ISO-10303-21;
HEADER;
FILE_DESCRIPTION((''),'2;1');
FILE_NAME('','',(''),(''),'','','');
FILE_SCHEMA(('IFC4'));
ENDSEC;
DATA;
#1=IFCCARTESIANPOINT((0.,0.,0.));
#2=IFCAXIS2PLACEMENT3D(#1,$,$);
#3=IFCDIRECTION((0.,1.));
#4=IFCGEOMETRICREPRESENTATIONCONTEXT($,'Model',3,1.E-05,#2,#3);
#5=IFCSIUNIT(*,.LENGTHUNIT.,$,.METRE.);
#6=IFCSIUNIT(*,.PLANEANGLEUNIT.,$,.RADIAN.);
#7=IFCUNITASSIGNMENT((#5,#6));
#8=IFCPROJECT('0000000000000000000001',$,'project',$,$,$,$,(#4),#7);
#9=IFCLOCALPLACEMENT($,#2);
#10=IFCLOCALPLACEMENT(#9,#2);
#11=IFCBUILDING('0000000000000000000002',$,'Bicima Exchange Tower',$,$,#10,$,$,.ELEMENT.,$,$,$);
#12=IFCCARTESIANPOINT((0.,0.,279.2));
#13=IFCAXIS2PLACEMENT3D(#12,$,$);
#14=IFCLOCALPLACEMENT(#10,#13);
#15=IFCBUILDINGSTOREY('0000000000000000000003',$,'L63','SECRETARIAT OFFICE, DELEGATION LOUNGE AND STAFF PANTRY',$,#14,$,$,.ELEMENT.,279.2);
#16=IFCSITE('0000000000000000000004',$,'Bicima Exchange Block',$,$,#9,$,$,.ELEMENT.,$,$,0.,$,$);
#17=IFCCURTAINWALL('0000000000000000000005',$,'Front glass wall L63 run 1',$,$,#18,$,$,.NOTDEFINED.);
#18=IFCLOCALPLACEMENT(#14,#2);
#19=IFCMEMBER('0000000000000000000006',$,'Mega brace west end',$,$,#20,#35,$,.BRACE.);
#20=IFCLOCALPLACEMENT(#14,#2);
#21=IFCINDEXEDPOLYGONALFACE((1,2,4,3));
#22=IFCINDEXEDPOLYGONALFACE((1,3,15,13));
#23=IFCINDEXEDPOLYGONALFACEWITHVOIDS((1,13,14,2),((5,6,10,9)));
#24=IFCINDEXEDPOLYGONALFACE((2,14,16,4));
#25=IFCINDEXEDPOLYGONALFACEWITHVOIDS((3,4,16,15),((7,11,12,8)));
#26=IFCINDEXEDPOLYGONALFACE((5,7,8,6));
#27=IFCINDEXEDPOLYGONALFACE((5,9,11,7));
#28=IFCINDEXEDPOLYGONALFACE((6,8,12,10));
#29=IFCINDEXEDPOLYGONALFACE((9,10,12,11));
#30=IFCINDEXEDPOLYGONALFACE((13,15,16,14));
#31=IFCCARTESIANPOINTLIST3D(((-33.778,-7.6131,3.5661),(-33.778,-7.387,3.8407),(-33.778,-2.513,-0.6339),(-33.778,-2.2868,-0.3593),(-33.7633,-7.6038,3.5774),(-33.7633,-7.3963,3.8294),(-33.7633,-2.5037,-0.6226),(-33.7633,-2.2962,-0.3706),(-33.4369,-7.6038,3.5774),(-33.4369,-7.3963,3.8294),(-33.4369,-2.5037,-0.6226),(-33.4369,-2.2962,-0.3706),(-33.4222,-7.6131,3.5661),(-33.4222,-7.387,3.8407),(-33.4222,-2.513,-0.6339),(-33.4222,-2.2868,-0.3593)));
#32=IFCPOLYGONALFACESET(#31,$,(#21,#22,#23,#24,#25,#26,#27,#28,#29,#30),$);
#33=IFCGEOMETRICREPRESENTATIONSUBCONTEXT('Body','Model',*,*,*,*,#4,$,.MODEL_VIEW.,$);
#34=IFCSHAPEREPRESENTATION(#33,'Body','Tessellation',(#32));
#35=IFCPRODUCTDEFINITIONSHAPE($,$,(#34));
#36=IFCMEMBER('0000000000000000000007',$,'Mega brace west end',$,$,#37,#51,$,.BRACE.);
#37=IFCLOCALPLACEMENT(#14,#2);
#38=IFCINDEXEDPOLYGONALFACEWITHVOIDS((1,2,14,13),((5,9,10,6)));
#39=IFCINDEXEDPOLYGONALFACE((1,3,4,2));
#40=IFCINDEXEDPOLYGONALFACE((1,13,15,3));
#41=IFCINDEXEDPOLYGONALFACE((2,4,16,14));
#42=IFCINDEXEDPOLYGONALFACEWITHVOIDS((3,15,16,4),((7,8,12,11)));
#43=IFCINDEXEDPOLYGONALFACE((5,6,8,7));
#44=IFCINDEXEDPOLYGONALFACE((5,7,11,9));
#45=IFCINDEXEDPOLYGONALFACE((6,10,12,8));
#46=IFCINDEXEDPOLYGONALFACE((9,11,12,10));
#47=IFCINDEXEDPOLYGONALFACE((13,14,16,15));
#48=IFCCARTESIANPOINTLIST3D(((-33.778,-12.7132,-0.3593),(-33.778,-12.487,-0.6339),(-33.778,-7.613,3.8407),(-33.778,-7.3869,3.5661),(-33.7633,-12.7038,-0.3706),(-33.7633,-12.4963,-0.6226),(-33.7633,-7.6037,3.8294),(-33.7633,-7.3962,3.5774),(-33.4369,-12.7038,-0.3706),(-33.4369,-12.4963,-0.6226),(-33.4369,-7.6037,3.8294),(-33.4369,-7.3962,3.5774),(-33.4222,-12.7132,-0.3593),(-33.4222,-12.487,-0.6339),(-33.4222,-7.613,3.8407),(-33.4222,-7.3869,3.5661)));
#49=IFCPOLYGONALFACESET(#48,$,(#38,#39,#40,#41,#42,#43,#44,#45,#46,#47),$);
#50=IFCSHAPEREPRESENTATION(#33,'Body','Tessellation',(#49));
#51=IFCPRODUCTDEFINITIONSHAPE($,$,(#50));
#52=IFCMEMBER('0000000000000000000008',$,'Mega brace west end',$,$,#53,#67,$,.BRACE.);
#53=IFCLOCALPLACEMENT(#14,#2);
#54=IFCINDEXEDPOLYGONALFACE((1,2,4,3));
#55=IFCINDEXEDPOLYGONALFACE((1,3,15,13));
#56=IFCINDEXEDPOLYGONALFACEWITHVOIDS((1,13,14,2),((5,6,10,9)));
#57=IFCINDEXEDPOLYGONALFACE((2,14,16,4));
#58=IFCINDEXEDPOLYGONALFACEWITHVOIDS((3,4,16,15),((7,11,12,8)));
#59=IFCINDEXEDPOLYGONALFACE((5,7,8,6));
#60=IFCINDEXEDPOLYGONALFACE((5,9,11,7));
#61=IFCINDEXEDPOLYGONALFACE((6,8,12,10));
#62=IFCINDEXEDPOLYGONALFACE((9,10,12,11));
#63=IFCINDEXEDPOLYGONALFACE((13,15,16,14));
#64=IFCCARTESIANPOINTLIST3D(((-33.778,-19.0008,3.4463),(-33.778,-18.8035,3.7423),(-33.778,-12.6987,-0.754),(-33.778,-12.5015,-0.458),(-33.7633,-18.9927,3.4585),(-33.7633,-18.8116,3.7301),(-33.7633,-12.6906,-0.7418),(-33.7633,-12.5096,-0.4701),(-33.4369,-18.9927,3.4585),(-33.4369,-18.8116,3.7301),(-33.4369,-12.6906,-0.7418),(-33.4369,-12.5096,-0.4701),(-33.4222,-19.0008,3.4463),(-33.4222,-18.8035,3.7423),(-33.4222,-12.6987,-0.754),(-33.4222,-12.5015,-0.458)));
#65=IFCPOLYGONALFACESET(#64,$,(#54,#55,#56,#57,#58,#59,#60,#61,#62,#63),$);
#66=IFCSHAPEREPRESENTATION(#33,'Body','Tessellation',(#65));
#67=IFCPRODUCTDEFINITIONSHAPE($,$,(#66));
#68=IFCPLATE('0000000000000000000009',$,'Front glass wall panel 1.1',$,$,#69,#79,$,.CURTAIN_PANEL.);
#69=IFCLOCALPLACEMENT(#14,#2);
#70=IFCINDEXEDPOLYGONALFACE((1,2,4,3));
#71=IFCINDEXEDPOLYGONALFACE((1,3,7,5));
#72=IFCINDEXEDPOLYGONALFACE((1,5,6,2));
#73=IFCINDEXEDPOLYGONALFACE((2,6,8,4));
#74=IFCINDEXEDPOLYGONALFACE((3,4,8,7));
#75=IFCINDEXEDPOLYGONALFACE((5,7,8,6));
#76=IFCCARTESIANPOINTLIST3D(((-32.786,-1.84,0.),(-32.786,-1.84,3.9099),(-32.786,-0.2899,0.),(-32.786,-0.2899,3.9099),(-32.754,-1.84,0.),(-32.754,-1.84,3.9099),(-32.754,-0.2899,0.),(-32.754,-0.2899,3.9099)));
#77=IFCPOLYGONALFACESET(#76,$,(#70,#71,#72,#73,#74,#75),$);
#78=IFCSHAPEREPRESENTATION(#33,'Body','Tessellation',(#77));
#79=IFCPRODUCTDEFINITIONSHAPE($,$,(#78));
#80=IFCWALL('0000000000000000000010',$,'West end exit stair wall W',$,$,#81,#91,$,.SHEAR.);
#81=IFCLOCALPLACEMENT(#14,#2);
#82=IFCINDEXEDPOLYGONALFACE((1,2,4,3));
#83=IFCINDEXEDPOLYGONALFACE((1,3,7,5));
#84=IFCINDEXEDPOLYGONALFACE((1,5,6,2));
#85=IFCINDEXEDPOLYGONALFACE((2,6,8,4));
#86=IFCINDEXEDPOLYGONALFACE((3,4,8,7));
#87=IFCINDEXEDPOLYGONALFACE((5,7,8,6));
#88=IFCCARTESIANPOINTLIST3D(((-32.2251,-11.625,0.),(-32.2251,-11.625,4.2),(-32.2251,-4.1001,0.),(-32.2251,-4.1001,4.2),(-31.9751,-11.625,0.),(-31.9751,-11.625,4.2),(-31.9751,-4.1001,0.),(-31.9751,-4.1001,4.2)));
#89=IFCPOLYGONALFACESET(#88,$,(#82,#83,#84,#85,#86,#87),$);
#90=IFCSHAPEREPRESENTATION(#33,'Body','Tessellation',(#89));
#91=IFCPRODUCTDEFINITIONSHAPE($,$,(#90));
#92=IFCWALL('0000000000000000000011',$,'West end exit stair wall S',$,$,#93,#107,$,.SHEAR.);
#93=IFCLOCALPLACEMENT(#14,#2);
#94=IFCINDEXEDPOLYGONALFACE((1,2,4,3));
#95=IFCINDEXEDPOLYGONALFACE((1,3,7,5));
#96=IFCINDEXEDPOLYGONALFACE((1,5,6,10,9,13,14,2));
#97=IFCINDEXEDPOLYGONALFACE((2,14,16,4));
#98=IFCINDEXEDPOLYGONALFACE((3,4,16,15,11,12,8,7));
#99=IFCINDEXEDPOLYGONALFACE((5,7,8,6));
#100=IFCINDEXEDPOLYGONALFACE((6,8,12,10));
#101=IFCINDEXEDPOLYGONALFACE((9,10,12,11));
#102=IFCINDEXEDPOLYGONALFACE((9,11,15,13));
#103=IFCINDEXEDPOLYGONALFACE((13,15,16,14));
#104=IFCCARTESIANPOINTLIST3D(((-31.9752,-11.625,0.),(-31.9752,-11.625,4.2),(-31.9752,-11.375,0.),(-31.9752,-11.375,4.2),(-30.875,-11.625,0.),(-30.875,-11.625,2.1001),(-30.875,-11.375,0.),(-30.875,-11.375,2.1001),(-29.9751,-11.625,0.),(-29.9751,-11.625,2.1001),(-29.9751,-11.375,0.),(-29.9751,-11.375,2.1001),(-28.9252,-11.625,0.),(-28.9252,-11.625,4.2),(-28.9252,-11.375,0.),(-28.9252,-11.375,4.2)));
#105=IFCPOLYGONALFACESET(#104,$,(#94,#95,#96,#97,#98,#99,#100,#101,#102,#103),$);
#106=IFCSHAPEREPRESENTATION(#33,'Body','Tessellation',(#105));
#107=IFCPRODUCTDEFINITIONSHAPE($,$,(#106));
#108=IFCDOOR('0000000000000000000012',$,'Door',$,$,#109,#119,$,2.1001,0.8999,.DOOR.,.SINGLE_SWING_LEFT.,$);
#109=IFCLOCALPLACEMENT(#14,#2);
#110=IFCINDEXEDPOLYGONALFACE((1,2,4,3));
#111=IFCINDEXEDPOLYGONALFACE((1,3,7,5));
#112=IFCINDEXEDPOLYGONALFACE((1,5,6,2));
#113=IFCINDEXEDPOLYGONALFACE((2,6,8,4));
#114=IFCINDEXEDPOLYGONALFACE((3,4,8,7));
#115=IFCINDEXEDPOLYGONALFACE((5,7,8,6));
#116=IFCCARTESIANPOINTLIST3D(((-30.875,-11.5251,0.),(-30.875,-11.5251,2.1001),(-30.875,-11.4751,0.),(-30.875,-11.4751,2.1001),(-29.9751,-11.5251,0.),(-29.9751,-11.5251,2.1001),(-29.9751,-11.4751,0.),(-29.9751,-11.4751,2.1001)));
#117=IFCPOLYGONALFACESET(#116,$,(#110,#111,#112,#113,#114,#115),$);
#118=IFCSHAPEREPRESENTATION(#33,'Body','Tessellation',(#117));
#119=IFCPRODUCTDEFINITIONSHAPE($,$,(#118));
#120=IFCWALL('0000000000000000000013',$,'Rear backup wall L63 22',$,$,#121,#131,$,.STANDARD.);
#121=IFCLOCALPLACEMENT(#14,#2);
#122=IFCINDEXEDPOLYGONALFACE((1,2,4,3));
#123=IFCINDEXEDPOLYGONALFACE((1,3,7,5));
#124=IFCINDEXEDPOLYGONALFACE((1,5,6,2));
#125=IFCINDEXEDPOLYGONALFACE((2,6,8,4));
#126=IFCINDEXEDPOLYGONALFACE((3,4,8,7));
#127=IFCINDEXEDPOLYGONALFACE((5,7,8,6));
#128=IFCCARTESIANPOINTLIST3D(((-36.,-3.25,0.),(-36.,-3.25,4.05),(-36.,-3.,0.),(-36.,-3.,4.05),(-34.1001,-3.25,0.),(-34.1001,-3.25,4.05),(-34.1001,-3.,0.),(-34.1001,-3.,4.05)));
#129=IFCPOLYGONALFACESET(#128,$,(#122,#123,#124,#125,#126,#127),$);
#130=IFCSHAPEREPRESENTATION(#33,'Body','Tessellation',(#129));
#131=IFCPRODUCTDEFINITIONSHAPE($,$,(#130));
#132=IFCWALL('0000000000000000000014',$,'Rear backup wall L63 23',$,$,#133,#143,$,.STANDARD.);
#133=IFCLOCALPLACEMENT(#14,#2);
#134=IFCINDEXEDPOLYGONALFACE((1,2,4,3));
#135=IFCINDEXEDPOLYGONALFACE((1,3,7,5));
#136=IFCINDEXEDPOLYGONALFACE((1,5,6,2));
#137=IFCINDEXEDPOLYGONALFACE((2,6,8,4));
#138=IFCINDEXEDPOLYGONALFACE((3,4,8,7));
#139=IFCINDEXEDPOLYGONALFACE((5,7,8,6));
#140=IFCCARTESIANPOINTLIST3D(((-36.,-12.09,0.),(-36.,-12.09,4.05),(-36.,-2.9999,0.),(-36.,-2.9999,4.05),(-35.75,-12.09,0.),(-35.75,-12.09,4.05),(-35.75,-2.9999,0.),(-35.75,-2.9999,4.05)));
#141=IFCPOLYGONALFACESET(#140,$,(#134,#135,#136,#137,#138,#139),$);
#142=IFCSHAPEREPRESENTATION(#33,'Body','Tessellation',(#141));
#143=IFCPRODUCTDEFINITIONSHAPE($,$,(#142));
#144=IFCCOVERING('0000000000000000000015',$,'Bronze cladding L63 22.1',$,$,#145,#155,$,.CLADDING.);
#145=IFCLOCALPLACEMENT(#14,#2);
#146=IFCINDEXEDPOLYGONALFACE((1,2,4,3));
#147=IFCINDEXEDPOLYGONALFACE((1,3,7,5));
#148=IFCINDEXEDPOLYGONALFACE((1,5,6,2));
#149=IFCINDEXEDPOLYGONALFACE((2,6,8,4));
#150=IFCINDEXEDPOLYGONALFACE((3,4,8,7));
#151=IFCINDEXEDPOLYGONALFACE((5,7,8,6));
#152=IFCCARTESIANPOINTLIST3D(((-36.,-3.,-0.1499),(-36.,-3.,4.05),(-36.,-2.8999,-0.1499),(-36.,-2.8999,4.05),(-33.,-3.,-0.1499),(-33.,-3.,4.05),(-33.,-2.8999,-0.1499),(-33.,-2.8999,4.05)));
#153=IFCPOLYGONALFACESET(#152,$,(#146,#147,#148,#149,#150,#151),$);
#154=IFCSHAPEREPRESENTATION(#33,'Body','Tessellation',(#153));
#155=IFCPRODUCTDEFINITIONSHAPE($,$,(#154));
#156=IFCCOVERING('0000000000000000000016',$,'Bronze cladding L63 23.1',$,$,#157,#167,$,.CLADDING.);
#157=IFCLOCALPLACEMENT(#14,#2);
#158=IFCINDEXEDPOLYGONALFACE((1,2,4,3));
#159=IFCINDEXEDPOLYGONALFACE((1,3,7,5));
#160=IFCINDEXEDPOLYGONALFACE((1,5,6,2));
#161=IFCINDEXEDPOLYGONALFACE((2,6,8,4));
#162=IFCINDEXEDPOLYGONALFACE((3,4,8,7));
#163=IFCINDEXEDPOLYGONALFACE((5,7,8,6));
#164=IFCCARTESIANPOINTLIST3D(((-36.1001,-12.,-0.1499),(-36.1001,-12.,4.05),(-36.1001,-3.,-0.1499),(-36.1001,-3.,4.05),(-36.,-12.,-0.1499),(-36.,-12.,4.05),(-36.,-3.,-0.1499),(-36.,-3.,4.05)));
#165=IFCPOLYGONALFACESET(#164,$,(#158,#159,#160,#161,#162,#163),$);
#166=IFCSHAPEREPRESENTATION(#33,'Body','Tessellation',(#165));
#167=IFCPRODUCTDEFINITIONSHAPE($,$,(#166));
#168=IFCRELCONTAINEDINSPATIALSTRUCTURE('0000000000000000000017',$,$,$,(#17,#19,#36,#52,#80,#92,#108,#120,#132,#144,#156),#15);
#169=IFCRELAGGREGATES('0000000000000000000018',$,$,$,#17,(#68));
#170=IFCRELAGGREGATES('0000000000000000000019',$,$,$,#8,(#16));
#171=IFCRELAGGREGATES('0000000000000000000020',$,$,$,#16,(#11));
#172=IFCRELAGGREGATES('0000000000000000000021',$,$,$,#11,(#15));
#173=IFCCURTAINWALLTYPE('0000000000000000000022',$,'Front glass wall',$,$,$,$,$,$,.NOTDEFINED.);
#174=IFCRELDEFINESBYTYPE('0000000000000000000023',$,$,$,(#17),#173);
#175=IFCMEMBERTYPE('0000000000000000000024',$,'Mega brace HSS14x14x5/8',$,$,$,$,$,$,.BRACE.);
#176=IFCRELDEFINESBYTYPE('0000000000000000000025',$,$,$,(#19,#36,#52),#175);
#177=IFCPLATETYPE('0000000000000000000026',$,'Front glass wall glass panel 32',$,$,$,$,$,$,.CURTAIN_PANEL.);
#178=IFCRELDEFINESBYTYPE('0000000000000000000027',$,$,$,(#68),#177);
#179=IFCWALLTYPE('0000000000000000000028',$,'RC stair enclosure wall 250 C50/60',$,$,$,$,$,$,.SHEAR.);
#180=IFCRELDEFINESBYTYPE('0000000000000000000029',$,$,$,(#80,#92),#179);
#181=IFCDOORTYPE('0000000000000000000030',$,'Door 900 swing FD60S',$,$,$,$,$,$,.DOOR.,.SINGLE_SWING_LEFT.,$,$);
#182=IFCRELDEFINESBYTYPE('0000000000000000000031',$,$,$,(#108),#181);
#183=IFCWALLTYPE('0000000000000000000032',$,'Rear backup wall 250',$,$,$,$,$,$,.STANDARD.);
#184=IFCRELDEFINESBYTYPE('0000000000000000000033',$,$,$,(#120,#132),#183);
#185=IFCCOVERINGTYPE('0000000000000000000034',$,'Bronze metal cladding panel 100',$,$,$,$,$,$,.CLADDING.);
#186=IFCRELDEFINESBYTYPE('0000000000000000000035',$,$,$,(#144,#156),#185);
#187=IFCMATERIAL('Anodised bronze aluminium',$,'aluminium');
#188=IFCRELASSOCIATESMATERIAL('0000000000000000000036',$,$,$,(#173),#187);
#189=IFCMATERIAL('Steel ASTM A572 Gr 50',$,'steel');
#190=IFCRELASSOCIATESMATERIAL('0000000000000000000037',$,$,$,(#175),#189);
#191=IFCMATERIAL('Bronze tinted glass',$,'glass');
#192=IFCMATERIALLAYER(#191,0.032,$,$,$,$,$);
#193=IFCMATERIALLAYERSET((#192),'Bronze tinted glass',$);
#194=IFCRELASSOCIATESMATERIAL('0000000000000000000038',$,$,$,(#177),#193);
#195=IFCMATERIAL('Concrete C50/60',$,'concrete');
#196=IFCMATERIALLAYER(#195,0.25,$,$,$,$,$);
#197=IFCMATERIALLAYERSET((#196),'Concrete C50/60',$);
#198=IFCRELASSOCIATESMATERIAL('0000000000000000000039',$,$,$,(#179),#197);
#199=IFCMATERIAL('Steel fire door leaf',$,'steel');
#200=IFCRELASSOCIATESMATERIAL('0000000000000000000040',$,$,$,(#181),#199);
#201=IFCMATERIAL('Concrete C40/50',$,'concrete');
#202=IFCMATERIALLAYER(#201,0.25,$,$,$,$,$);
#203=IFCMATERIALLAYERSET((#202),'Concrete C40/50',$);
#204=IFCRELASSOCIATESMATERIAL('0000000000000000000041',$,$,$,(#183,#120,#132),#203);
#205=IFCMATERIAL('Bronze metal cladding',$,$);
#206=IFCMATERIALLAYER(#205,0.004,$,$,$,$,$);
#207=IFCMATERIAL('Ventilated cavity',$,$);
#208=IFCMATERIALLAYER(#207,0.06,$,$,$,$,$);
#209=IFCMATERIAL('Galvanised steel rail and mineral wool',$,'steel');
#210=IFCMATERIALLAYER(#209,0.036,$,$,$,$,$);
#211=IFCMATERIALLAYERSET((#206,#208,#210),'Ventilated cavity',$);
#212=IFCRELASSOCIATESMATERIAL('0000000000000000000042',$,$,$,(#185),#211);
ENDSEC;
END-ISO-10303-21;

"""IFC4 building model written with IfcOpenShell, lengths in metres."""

from ifc_helpers import new_model, si_unit, direction, frame, frame_2d, origin, origin_2d, place, context, subcontext, project, spatial, rectangle, hollow_rectangle, extrude, material, layer, layer_set, layer_usage, material_profile, profile_set, type_object, element, fill, aggregate, save


model = new_model("IFC4")

# Units and contexts
model_context = context("Model", 3, precision=1e-05, world=origin(), true_north=direction((0.0, 1.0)))
body_context = subcontext(model_context, "Body", "Model", "MODEL_VIEW")
ifc_project = project(units=[si_unit("LENGTHUNIT", "METRE"), si_unit("PLANEANGLEUNIT", "RADIAN")], contexts=[model_context])

# Site, building, storey
site_placement = place(None, origin())
site = spatial("IfcSite", under=ifc_project, at=site_placement, Name="Bicima Exchange Block", CompositionType="ELEMENT", RefElevation=0.0)
building_placement = place(site_placement, origin())
building = spatial("IfcBuilding", under=site, at=building_placement, Name="Bicima Exchange Tower", CompositionType="ELEMENT")
storey_placement = place(building_placement, frame((0.0, 0.0, 279.2)))
storey = spatial("IfcBuildingStorey", under=building, at=storey_placement, Name="L63", Description="SECRETARIAT OFFICE, DELEGATION LOUNGE AND STAFF PANTRY", CompositionType="ELEMENT", Elevation=279.2)

# Shared definitions
ifc_material_1 = material(Name="Steel ASTM A572 Gr 50", Category="steel")

# Shared definitions
ifc_material_2 = material(Name="Anodised bronze aluminium", Category="aluminium")

# Curtain wall
curtain_wall_type_1 = type_object("IfcCurtainWallType", Name="Front glass wall", PredefinedType="NOTDEFINED", material=ifc_material_2)
curtain_wall_1_placement = place(storey_placement, origin())
curtain_wall_1 = element("IfcCurtainWall", 1, at=curtain_wall_1_placement, inside=storey, type_object=curtain_wall_type_1, Name="Front glass wall L63 run 1", PredefinedType="NOTDEFINED")

# Members
ifc_material_profile_1 = material_profile(ifc_material_1, hollow_rectangle(XDim=0.3557, YDim=0.3557, WallThickness=0.0146, at=origin_2d()))
ifc_profile_set_1 = profile_set([ifc_material_profile_1], Name="Steel ASTM A572 Gr 50")
member_type_1 = type_object("IfcMemberType", Name="Mega brace HSS14x14x5/8", PredefinedType="BRACE", material=ifc_profile_set_1)
for number, where, z_axis, x_axis, name in (
    (2, (-33.6001, -2.3999, -0.4966), (0.0, -0.77194, 0.635696), (1.0, 0.0, 0.0), "Mega brace west end"),
    (3, (-33.6001, -12.6001, -0.4966), (0.0, 0.77194, 0.635696), (-1.0, 0.0, 0.0), "Mega brace west end"),
):
    element("IfcMember", number, at=place(storey_placement, frame(where, z_axis=z_axis, x_axis=x_axis)), inside=storey, type_object=member_type_1, Name=name, PredefinedType="BRACE", context=body_context, shape_type="SweptSolid", body=[
        extrude(hollow_rectangle(XDim=0.3557, YDim=0.3557, WallThickness=0.0146, at=origin_2d()), origin(), (0.0, 0.0, 1.0), 6.6069),
    ])
member_1_placement = place(storey_placement, frame((-33.6001, -12.6001, -0.606), z_axis=(0.0, -0.83212, 0.554596), x_axis=(1.0, 0.0, 0.0)))
element("IfcMember", 4, at=member_1_placement, inside=storey, type_object=member_type_1, Name="Mega brace west end", PredefinedType="BRACE", context=body_context, shape_type="SweptSolid", body=[
    extrude(hollow_rectangle(XDim=0.3557, YDim=0.3557, WallThickness=0.0146, at=origin_2d()), origin(), (0.0, 0.0, 1.0), 7.5735),
])

# Plate
ifc_material_3 = material(Name="Bronze tinted glass", Category="glass")
ifc_layer_1 = layer(ifc_material_3, 0.032)
ifc_layer_set_1 = layer_set([ifc_layer_1], Name="Bronze tinted glass")
plate_type = type_object("IfcPlateType", Name="Front glass wall glass panel 32", PredefinedType="CURTAIN_PANEL", material=ifc_layer_set_1)
plate_placement = place(storey_placement, frame((-32.77, -1.0649, 0.0), z_axis=(0.0, 0.0, 1.0), x_axis=(0.0, -1.0, 0.0)))
plate = element("IfcPlate", 5, at=plate_placement, type_object=plate_type, Name="Front glass wall panel 1.1", PredefinedType="CURTAIN_PANEL", context=body_context, shape_type="SweptSolid", body=[
    extrude(rectangle(XDim=1.55, YDim=0.032, at=origin_2d()), origin(), (0.0, 0.0, 1.0), 3.9099),
])
aggregate(curtain_wall_1, [plate])

# Wall
ifc_material_4 = material(Name="Concrete C50/60", Category="concrete")
ifc_layer_2 = layer(ifc_material_4, 0.25)
ifc_layer_set_2 = layer_set([ifc_layer_2], Name="Concrete C50/60")
wall_type_1 = type_object("IfcWallType", Name="RC stair enclosure wall 250 C50/60", PredefinedType="SHEAR", material=ifc_layer_set_2)
wall_1_placement = place(storey_placement, frame((-32.1001, -11.625, 0.0), z_axis=(0.0, 0.0, 1.0), x_axis=(0.0, 1.0, 0.0)))
element("IfcWall", 6, at=wall_1_placement, inside=storey, type_object=wall_type_1, Name="West end exit stair wall W", PredefinedType="SHEAR", context=body_context, shape_type="SweptSolid", body=[
    extrude(rectangle(XDim=7.5249, YDim=0.25, at=frame_2d((3.7625, 0.0))), origin(), (0.0, 0.0, 1.0), 4.2),
])

# Wall, opening, door
wall_2_placement = place(storey_placement, frame((-31.9751, -11.5, 0.0), z_axis=(0.0, 0.0, 1.0), x_axis=(1.0, 0.0, 0.0)))
wall_2 = element("IfcWall", 7, at=wall_2_placement, inside=storey, type_object=wall_type_1, Name="West end exit stair wall S", PredefinedType="SHEAR", context=body_context, shape_type="SweptSolid", body=[
    extrude(rectangle(XDim=3.05, YDim=0.25, at=frame_2d((1.5249, 0.0))), origin(), (0.0, 0.0, 1.0), 4.2),
])
opening_placement = place(wall_2_placement, frame((1.1001, 0.0, 0.0)))
opening = element("IfcOpeningElement", 8, at=opening_placement, cuts=wall_2, PredefinedType="OPENING", context=body_context, shape_type="SweptSolid", body=[
    extrude(rectangle(XDim=0.8999, YDim=2.1001, at=frame_2d((0.45, 1.05))), frame((0.0, 0.137, 0.0), z_axis=(0.0, -1.0, 0.0), x_axis=(1.0, 0.0, 0.0)), (0.0, 0.0, 1.0), 0.2739),
])
ifc_material_5 = material(Name="Steel fire door leaf", Category="steel")
door_type = type_object("IfcDoorType", Name="Door 900 swing FD60S", OperationType="SINGLE_SWING_LEFT", PredefinedType="DOOR", material=ifc_material_5)
door_placement = place(opening_placement, origin())
door = element("IfcDoor", 9, at=door_placement, inside=storey, type_object=door_type, Name="Door", OperationType="SINGLE_SWING_LEFT", OverallHeight=2.1001, OverallWidth=0.8999, PredefinedType="DOOR", context=body_context, shape_type="SweptSolid", body=[
    extrude(rectangle(XDim=0.8999, YDim=2.1001, at=frame_2d((0.45, 1.05))), frame((0.0, 0.0249, 0.0), z_axis=(0.0, -1.0, 0.0), x_axis=(1.0, 0.0, 0.0)), (0.0, 0.0, 1.0), 0.05),
])
fill(opening, door)

# Walls
ifc_material_6 = material(Name="Concrete C40/50", Category="concrete")
ifc_layer_3 = layer(ifc_material_6, 0.25)
ifc_layer_set_3 = layer_set([ifc_layer_3], Name="Concrete C40/50")
ifc_layer_usage = layer_usage(ifc_layer_set_3, "AXIS2", "POSITIVE", -0.125)
wall_type_2 = type_object("IfcWallType", Name="Rear backup wall 250", PredefinedType="STANDARD", material=ifc_layer_set_3)
wall_3_placement = place(storey_placement, frame((-34.1001, -3.125, 0.0), z_axis=(0.0, 0.0, 1.0), x_axis=(-1.0, 0.0, 0.0)))
element("IfcWall", 10, at=wall_3_placement, inside=storey, type_object=wall_type_2, material=ifc_layer_usage, Name="Rear backup wall L63 22", PredefinedType="STANDARD", context=body_context, shape_type="SweptSolid", body=[
    extrude(rectangle(XDim=1.8999, YDim=0.25, at=frame_2d((0.95, 0.0))), origin(), (0.0, 0.0, 1.0), 4.05),
])
wall_4_placement = place(storey_placement, frame((-35.875, -3.0, 0.0), z_axis=(0.0, 0.0, 1.0), x_axis=(0.0, -1.0, 0.0)))
element("IfcWall", 11, at=wall_4_placement, inside=storey, type_object=wall_type_2, material=ifc_layer_usage, Name="Rear backup wall L63 23", PredefinedType="STANDARD", context=body_context, shape_type="SweptSolid", body=[
    extrude(rectangle(XDim=9.0901, YDim=0.25, at=frame_2d((4.5449, 0.0))), origin(), (0.0, 0.0, 1.0), 4.05),
])

# Coverings
ifc_material_7 = material(Name="Bronze metal cladding")
ifc_layer_4 = layer(ifc_material_7, 0.004)
ifc_material_8 = material(Name="Ventilated cavity")
ifc_layer_5 = layer(ifc_material_8, 0.06)
ifc_material_9 = material(Name="Galvanised steel rail and mineral wool", Category="steel")
ifc_layer_6 = layer(ifc_material_9, 0.036)
ifc_layer_set_4 = layer_set([ifc_layer_4, ifc_layer_5, ifc_layer_6], Name="Ventilated cavity")
covering_type = type_object("IfcCoveringType", Name="Bronze metal cladding panel 100", PredefinedType="CLADDING", material=ifc_layer_set_4)
covering_1_placement = place(storey_placement, frame((-34.5, -2.95, -0.1499), z_axis=(0.0, 0.0, 1.0), x_axis=(-1.0, 0.0, 0.0)))
element("IfcCovering", 12, at=covering_1_placement, inside=storey, type_object=covering_type, Name="Bronze cladding L63 22.1", PredefinedType="CLADDING", context=body_context, shape_type="SweptSolid", body=[
    extrude(rectangle(XDim=3.0, YDim=0.1001, at=origin_2d()), origin(), (0.0, 0.0, 1.0), 4.2),
])
covering_2_placement = place(storey_placement, frame((-36.05, -7.5, -0.1499), z_axis=(0.0, 0.0, 1.0), x_axis=(0.0, -1.0, 0.0)))
element("IfcCovering", 13, at=covering_2_placement, inside=storey, type_object=covering_type, Name="Bronze cladding L63 23.1", PredefinedType="CLADDING", context=body_context, shape_type="SweptSolid", body=[
    extrude(rectangle(XDim=9.0, YDim=0.1001, at=origin_2d()), origin(), (0.0, 0.0, 1.0), 4.2),
])

save(model, "model.ifc")
